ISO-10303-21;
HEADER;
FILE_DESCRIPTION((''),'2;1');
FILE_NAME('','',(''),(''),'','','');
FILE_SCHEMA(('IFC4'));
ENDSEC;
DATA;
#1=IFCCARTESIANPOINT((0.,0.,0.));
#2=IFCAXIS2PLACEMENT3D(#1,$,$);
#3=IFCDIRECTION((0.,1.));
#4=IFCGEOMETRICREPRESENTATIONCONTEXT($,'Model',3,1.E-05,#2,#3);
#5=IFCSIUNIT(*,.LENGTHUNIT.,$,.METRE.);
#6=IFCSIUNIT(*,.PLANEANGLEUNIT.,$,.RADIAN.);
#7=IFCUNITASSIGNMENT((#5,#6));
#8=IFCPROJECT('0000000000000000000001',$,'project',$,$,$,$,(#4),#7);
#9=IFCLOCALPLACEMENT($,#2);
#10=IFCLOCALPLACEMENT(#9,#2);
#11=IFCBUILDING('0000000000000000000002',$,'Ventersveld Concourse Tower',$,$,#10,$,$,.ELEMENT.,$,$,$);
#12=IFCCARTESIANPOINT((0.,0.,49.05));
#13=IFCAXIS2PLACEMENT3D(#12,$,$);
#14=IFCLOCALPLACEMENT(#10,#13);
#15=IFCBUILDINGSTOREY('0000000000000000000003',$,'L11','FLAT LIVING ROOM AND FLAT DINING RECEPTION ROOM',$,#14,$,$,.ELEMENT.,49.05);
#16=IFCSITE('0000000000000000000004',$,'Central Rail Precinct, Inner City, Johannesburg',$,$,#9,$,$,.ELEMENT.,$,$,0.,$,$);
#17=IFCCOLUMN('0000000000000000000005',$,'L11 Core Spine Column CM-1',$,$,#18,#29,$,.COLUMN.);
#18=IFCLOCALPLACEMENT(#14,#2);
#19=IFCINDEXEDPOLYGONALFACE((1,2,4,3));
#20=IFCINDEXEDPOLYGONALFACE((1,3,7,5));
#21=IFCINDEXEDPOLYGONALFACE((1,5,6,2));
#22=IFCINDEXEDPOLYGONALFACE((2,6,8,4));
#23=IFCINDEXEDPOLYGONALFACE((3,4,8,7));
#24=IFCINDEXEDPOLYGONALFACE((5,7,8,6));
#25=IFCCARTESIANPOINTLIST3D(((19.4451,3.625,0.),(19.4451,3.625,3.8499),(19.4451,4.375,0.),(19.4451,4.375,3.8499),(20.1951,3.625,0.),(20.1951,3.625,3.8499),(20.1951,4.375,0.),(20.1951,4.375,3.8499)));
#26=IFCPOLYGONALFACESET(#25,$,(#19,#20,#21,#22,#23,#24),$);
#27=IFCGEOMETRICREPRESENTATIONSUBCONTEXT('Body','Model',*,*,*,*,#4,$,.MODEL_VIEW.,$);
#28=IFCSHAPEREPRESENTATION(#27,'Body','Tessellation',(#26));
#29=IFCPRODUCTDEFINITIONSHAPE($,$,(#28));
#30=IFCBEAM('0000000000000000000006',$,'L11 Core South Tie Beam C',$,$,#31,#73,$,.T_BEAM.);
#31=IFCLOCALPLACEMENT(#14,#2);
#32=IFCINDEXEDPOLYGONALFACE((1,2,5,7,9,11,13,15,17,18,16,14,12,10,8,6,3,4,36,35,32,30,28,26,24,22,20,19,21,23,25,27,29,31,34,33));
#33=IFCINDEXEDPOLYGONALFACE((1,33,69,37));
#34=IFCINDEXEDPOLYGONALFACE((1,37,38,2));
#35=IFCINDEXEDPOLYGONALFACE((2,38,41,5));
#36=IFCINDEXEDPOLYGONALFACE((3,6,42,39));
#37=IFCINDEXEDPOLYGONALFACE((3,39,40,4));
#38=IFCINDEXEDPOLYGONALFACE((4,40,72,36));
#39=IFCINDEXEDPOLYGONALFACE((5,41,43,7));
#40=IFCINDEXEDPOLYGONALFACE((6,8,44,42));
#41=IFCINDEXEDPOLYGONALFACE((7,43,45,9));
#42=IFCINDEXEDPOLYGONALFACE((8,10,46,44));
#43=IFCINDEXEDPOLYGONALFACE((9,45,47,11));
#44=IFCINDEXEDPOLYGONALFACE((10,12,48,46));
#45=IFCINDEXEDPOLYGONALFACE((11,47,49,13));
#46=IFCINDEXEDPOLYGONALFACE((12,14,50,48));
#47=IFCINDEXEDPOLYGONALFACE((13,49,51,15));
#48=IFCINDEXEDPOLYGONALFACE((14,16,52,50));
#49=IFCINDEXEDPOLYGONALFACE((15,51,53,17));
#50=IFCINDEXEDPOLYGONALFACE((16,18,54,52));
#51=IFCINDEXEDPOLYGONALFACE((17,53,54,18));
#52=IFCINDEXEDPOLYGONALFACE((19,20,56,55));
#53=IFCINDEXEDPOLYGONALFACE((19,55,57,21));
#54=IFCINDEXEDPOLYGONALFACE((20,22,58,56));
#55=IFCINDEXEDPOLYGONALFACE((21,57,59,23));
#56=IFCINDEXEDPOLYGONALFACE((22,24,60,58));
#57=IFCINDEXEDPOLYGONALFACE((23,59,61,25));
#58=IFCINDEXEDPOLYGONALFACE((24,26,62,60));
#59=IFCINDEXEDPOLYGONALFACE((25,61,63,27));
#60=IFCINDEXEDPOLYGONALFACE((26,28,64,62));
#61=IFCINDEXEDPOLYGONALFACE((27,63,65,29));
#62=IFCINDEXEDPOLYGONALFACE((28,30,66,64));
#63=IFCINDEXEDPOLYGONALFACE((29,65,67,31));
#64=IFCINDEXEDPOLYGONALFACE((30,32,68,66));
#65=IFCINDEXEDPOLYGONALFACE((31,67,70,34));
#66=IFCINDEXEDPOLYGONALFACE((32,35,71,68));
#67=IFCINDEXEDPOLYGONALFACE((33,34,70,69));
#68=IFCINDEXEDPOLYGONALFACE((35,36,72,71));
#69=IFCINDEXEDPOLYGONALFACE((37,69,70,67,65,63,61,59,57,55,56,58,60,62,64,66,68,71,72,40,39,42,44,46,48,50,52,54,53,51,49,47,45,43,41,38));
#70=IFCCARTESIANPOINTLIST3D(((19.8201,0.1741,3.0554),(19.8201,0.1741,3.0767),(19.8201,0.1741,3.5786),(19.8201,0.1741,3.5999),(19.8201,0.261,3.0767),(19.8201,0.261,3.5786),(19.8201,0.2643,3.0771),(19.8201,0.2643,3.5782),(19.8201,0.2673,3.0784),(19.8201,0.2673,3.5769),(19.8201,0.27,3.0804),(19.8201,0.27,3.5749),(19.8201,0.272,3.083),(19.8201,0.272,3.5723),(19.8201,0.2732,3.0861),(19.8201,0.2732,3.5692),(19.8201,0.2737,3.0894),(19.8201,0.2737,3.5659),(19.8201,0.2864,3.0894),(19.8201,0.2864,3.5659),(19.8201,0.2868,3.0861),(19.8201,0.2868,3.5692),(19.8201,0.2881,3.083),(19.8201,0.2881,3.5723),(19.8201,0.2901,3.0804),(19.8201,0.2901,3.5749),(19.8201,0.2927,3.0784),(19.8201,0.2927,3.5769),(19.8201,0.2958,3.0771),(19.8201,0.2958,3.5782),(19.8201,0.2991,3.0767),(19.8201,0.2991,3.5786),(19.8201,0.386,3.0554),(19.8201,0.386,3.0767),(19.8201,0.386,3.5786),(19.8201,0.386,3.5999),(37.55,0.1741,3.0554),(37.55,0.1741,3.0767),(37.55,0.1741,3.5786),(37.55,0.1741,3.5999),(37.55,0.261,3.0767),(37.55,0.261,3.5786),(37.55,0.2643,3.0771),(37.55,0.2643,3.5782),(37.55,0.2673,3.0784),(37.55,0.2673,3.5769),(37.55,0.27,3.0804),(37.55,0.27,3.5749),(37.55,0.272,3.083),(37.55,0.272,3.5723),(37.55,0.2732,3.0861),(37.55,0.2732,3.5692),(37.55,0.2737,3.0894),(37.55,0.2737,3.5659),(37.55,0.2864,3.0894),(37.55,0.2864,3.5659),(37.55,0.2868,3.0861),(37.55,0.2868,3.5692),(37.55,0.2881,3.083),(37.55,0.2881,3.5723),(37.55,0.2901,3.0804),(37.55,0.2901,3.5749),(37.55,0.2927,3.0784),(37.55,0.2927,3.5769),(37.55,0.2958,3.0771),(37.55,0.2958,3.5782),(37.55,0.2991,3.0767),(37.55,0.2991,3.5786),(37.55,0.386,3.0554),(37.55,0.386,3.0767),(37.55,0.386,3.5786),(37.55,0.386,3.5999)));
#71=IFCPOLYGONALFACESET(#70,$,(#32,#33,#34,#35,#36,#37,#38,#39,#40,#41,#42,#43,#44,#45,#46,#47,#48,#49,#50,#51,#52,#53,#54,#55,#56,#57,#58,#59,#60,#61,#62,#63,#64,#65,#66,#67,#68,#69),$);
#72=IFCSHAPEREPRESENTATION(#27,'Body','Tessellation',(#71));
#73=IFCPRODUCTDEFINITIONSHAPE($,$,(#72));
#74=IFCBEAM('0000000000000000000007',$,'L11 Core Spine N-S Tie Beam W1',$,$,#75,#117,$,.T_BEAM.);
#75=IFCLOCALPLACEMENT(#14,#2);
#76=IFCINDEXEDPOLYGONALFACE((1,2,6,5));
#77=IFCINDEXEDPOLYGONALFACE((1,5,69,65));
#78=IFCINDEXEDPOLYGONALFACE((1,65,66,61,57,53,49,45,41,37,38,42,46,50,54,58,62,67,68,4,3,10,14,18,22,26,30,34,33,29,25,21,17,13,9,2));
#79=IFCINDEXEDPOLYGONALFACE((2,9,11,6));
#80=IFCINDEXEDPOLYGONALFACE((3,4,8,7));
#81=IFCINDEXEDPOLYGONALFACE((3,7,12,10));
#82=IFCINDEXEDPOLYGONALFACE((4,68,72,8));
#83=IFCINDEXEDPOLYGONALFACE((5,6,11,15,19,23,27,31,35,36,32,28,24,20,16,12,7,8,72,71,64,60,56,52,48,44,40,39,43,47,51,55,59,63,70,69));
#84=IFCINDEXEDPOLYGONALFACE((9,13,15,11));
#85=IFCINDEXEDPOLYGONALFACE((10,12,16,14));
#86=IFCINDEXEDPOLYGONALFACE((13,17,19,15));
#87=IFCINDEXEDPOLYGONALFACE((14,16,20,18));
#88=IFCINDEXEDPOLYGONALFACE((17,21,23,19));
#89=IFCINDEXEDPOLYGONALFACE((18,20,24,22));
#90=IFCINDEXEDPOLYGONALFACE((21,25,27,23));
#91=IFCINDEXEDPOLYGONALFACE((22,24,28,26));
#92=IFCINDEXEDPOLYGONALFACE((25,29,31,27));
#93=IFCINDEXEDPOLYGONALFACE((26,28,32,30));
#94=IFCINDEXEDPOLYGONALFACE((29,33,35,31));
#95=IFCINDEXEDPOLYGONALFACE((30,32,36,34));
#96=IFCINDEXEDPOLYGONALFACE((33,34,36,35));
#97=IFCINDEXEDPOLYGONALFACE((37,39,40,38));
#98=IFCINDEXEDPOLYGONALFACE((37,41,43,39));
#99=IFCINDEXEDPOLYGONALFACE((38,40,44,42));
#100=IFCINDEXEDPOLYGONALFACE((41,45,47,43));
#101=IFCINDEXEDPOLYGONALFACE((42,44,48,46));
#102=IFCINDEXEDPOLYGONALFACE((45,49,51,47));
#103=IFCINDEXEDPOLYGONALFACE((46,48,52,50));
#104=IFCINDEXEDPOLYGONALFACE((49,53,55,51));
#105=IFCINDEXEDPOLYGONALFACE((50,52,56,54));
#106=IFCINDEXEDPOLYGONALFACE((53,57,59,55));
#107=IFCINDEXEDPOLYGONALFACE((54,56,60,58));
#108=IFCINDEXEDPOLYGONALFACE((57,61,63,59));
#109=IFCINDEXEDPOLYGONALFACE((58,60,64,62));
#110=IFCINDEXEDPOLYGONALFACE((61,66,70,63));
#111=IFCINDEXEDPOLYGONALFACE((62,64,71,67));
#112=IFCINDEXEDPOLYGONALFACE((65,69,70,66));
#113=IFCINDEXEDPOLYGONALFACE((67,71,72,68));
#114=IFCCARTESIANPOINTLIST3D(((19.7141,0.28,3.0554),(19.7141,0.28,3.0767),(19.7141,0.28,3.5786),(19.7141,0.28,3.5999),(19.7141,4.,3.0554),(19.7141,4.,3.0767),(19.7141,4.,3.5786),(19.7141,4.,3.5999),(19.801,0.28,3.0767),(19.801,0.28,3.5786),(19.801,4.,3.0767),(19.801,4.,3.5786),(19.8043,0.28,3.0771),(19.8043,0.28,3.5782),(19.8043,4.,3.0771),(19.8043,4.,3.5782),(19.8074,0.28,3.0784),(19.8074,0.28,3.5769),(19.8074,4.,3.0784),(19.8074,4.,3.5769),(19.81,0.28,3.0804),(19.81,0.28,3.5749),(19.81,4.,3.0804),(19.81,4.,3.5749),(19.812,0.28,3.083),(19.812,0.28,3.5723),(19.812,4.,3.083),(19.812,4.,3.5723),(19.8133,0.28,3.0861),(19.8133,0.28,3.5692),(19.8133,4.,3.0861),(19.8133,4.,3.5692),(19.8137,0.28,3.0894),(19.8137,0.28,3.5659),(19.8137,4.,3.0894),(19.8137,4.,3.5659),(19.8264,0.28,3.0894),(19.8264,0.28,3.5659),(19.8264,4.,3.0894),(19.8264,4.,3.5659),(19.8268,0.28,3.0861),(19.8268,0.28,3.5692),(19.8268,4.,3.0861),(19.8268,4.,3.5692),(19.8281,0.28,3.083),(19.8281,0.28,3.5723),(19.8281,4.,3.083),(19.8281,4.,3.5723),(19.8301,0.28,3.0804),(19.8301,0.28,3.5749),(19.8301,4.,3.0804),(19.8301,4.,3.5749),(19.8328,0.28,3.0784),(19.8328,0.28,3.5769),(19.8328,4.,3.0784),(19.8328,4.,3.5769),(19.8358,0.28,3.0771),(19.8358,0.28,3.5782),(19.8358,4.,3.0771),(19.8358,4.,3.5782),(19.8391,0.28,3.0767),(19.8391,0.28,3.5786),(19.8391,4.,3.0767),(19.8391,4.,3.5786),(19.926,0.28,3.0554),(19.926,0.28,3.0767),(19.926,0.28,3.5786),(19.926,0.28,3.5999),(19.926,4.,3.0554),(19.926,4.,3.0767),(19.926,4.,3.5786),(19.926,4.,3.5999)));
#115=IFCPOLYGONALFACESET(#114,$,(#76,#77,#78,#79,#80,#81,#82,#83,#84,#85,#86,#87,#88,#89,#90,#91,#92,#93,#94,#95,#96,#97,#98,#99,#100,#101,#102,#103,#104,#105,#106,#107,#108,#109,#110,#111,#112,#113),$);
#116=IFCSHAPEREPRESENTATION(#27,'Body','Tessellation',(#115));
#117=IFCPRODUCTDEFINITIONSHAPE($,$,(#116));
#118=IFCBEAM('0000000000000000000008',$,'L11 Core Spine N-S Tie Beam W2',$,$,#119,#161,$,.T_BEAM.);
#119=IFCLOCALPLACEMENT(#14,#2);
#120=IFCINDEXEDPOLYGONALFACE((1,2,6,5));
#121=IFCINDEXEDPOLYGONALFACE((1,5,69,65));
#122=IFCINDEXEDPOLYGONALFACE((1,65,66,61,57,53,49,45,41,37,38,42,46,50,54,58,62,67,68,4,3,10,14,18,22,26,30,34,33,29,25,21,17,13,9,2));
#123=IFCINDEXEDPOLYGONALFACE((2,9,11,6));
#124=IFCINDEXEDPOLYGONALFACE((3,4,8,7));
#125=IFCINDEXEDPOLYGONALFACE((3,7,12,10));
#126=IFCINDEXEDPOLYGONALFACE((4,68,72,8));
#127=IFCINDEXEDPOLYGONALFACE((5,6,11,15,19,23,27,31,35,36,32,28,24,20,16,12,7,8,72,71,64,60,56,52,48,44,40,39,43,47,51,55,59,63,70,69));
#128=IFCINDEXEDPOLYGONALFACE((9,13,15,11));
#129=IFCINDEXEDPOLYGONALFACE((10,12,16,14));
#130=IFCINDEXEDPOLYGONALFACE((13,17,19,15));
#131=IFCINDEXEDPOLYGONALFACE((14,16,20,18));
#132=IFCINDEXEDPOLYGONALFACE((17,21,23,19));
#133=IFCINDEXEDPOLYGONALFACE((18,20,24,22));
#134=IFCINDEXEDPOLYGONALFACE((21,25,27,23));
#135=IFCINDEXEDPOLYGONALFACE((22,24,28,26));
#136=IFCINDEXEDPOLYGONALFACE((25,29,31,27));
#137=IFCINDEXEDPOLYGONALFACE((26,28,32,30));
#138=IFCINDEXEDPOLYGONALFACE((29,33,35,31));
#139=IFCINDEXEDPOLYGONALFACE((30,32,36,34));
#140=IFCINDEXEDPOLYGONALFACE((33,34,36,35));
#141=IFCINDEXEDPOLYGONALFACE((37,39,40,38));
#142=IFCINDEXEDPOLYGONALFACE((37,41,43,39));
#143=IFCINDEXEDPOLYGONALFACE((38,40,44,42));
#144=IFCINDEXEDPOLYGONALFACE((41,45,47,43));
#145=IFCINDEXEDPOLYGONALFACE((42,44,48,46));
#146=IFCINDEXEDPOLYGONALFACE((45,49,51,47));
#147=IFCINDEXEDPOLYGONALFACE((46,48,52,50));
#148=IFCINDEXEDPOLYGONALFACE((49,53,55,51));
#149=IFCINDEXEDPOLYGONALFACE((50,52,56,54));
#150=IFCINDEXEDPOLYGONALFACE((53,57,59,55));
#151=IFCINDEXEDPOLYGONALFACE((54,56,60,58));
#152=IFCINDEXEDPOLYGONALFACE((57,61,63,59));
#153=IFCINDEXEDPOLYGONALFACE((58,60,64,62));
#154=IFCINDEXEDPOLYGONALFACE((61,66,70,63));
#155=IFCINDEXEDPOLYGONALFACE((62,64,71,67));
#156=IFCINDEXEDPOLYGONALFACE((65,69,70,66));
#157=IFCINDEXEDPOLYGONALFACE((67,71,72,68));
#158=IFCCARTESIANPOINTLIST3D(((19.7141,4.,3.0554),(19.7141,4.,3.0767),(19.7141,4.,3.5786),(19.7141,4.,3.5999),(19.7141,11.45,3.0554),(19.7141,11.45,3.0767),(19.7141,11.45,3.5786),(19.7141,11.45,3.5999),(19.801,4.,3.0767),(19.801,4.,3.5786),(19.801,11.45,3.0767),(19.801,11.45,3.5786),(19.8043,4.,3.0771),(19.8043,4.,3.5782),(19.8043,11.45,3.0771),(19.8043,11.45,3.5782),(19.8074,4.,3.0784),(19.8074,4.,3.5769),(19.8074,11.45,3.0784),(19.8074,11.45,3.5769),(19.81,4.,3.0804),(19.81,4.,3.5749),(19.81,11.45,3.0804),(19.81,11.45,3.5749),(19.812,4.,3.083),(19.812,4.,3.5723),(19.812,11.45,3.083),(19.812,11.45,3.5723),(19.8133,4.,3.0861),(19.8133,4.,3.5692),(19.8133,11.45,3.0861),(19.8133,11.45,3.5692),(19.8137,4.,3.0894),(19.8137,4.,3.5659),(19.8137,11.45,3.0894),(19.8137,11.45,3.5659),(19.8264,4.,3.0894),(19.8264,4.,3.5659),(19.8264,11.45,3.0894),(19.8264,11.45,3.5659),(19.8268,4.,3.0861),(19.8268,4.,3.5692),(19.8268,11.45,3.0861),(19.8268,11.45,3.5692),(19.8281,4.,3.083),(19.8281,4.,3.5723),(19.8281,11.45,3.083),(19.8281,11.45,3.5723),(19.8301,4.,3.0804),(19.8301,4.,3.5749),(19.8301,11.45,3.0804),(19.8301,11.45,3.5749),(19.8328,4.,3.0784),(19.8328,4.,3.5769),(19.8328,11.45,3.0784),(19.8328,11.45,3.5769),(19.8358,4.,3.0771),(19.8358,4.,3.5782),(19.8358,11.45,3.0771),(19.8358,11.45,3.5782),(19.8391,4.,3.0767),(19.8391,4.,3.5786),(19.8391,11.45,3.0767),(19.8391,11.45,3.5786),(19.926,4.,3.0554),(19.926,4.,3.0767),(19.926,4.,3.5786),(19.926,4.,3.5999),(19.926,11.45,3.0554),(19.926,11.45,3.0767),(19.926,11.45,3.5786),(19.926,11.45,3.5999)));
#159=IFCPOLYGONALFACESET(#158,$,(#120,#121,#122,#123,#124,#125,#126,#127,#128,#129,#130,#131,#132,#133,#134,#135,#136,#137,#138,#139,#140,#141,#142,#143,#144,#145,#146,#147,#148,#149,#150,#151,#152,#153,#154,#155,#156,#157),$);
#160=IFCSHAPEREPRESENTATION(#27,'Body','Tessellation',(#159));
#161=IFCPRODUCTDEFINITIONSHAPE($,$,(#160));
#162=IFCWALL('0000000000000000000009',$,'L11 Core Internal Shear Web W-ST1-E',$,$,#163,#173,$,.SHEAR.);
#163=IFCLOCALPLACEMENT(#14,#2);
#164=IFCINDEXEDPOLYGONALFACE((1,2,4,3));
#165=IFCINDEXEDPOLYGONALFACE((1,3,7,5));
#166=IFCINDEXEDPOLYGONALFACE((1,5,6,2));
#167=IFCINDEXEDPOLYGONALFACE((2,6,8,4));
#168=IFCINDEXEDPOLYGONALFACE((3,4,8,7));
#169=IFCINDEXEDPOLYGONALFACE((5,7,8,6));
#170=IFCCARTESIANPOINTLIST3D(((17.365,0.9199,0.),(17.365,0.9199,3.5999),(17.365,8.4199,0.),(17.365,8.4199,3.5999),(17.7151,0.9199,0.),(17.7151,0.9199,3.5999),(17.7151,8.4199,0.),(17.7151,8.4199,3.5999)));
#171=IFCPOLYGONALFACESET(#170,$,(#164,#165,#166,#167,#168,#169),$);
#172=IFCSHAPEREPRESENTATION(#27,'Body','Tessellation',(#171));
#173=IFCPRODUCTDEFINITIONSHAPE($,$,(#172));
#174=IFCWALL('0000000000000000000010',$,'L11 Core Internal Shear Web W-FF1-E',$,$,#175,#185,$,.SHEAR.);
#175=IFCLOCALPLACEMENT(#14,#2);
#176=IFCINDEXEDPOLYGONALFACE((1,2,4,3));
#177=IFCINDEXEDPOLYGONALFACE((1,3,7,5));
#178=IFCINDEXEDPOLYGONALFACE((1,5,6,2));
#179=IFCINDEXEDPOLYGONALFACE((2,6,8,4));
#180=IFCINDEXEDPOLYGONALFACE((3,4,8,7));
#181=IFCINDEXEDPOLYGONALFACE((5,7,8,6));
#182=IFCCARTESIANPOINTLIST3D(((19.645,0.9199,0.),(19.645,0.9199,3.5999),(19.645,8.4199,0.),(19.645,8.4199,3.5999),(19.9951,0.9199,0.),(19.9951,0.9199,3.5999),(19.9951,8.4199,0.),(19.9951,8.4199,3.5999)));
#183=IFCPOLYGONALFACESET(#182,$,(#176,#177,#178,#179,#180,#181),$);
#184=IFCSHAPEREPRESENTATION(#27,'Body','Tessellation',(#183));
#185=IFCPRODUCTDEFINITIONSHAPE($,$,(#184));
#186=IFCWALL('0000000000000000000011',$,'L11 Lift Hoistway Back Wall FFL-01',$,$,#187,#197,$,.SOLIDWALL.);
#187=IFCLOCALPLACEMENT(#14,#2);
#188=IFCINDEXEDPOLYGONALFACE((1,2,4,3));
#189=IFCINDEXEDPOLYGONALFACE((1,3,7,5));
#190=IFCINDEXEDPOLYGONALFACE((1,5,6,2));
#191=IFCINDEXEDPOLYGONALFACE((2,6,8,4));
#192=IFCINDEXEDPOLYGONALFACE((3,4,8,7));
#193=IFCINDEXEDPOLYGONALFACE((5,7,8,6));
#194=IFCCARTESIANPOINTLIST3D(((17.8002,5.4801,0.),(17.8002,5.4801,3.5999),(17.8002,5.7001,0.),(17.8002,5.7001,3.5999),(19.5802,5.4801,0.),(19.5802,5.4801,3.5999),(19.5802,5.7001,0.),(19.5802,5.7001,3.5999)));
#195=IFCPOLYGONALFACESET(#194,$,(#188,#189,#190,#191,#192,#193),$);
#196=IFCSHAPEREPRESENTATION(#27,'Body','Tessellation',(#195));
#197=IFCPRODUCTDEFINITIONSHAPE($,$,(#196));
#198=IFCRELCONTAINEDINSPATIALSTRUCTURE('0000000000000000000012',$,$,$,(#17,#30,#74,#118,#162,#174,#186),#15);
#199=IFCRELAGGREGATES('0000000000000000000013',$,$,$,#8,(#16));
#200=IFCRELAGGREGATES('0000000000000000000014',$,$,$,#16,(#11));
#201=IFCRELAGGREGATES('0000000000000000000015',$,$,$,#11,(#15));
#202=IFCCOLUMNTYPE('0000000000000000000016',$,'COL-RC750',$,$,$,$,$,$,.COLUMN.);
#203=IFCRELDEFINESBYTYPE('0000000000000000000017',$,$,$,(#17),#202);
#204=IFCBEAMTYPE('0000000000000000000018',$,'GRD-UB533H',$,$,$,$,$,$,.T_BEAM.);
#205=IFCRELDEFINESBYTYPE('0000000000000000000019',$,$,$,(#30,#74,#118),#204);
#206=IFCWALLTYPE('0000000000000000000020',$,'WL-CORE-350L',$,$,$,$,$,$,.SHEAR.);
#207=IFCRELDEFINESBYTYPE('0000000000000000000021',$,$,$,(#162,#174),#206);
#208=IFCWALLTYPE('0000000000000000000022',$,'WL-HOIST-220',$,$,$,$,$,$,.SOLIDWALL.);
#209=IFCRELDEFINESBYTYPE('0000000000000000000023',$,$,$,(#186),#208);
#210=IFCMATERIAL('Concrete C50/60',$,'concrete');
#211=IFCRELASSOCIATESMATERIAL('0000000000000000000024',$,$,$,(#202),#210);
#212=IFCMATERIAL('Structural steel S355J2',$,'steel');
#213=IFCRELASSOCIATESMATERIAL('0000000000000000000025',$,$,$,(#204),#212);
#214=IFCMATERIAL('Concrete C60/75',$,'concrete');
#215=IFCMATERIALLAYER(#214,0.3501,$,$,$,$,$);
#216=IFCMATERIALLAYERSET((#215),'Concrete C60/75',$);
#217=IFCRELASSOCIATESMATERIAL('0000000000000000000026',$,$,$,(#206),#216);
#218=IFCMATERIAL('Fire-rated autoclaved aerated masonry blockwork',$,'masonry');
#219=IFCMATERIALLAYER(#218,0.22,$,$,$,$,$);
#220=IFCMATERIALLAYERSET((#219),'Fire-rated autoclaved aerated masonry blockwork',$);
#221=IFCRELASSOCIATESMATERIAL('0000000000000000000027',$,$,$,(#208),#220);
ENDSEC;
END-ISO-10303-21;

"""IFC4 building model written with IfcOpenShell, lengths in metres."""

from ifc_helpers import new_model, si_unit, direction, frame, frame_2d, origin, origin_2d, place, context, subcontext, project, spatial, rectangle, i_section, extrude, material, layer, layer_set, material_profile, profile_set, type_object, element, save


model = new_model("IFC4")

# Units and contexts
model_context = context("Model", 3, precision=1e-05, world=origin(), true_north=direction((0.0, 1.0)))
body_context = subcontext(model_context, "Body", "Model", "MODEL_VIEW")
ifc_project = project(units=[si_unit("LENGTHUNIT", "METRE"), si_unit("PLANEANGLEUNIT", "RADIAN")], contexts=[model_context])

# Site, building, storey
site_placement = place(None, origin())
site = spatial("IfcSite", under=ifc_project, at=site_placement, Name="Central Rail Precinct, Inner City, Johannesburg", CompositionType="ELEMENT", RefElevation=0.0)
building_placement = place(site_placement, origin())
building = spatial("IfcBuilding", under=site, at=building_placement, Name="Ventersveld Concourse Tower", CompositionType="ELEMENT")
storey_placement = place(building_placement, frame((0.0, 0.0, 49.05)))
storey = spatial("IfcBuildingStorey", under=building, at=storey_placement, Name="L11", Description="FLAT LIVING ROOM AND FLAT DINING RECEPTION ROOM", CompositionType="ELEMENT", Elevation=49.05)

# Column
ifc_material_1 = material(Name="Concrete C50/60", Category="concrete")
ifc_material_profile_1 = material_profile(ifc_material_1, rectangle(XDim=0.75, YDim=0.75, at=origin_2d()), Name="RC 750x750")
ifc_profile_set_1 = profile_set([ifc_material_profile_1], Name="Concrete C50/60")
column_type = type_object("IfcColumnType", Name="COL-RC750", PredefinedType="COLUMN", material=ifc_profile_set_1)
column_placement = place(storey_placement, frame((19.8201, 4.0, 0.0), z_axis=(0.0, 0.0, 1.0), x_axis=(1.0, 0.0, 0.0)))
element("IfcColumn", 1, at=column_placement, inside=storey, type_object=column_type, Name="L11 Core Spine Column CM-1", PredefinedType="COLUMN", context=body_context, shape_type="SweptSolid", body=[
    extrude(rectangle(XDim=0.75, YDim=0.75, at=origin_2d()), origin(), (0.0, 0.0, 1.0), 3.8499),
])

# Beams
ifc_material_2 = material(Name="Structural steel S355J2", Category="steel")
ifc_material_profile_2 = material_profile(ifc_material_2, i_section(OverallWidth=0.2119, OverallDepth=0.5444, WebThickness=0.0127, FlangeThickness=0.0212, FilletRadius=0.0127, at=origin_2d()), Name="UB 533x210x122")
ifc_profile_set_2 = profile_set([ifc_material_profile_2], Name="Structural steel S355J2")
beam_type = type_object("IfcBeamType", Name="GRD-UB533H", PredefinedType="T_BEAM", material=ifc_profile_set_2)
beam_1_placement = place(storey_placement, frame((19.8201, 0.28, 3.3276), z_axis=(1.0, 0.0, 0.0), x_axis=(0.0, 1.0, 0.0)))
element("IfcBeam", 2, at=beam_1_placement, inside=storey, type_object=beam_type, Name="L11 Core South Tie Beam C", PredefinedType="T_BEAM", context=body_context, shape_type="SweptSolid", body=[
    extrude(i_section(OverallWidth=0.2119, OverallDepth=0.5444, WebThickness=0.0127, FlangeThickness=0.0212, FilletRadius=0.0127, at=origin_2d()), origin(), (0.0, 0.0, 1.0), 17.73),
])
beam_2_placement = place(storey_placement, frame((19.8201, 0.28, 3.3276), z_axis=(0.0, 1.0, 0.0), x_axis=(-1.0, 0.0, 0.0)))
element("IfcBeam", 3, at=beam_2_placement, inside=storey, type_object=beam_type, Name="L11 Core Spine N-S Tie Beam W1", PredefinedType="T_BEAM", context=body_context, shape_type="SweptSolid", body=[
    extrude(i_section(OverallWidth=0.2119, OverallDepth=0.5444, WebThickness=0.0127, FlangeThickness=0.0212, FilletRadius=0.0127, at=origin_2d()), origin(), (0.0, 0.0, 1.0), 3.72),
])
beam_3_placement = place(storey_placement, frame((19.8201, 4.0, 3.3276), z_axis=(0.0, 1.0, 0.0), x_axis=(-1.0, 0.0, 0.0)))
element("IfcBeam", 4, at=beam_3_placement, inside=storey, type_object=beam_type, Name="L11 Core Spine N-S Tie Beam W2", PredefinedType="T_BEAM", context=body_context, shape_type="SweptSolid", body=[
    extrude(i_section(OverallWidth=0.2119, OverallDepth=0.5444, WebThickness=0.0127, FlangeThickness=0.0212, FilletRadius=0.0127, at=origin_2d()), origin(), (0.0, 0.0, 1.0), 7.45),
])

# Walls
ifc_material_3 = material(Name="Concrete C60/75", Category="concrete")
ifc_layer_1 = layer(ifc_material_3, 0.3501)
ifc_layer_set_1 = layer_set([ifc_layer_1], Name="Concrete C60/75")
wall_type_1 = type_object("IfcWallType", Name="WL-CORE-350L", PredefinedType="SHEAR", material=ifc_layer_set_1)
for number, where, z_axis, x_axis, name in (
    (5, (17.54, 0.9199, 0.0), (0.0, 0.0, 1.0), (0.0, 1.0, 0.0), "L11 Core Internal Shear Web W-ST1-E"),
    (6, (19.8201, 0.9199, 0.0), (0.0, 0.0, 1.0), (0.0, 1.0, 0.0), "L11 Core Internal Shear Web W-FF1-E"),
):
    element("IfcWall", number, at=place(storey_placement, frame(where, z_axis=z_axis, x_axis=x_axis)), inside=storey, type_object=wall_type_1, Name=name, PredefinedType="SHEAR", context=body_context, shape_type="SweptSolid", body=[
        extrude(rectangle(XDim=7.5, YDim=0.3501, at=frame_2d((3.75, 0.0))), origin(), (0.0, 0.0, 1.0), 3.5999),
    ])
ifc_material_4 = material(Name="Fire-rated autoclaved aerated masonry blockwork", Category="masonry")
ifc_layer_2 = layer(ifc_material_4, 0.22)
ifc_layer_set_2 = layer_set([ifc_layer_2], Name="Fire-rated autoclaved aerated masonry blockwork")
wall_type_2 = type_object("IfcWallType", Name="WL-HOIST-220", PredefinedType="SOLIDWALL", material=ifc_layer_set_2)
wall_1_placement = place(storey_placement, frame((17.8, 5.5901, 0.0), z_axis=(0.0, 0.0, 1.0), x_axis=(1.0, 0.0, 0.0)))
element("IfcWall", 7, at=wall_1_placement, inside=storey, type_object=wall_type_2, Name="L11 Lift Hoistway Back Wall FFL-01", PredefinedType="SOLIDWALL", context=body_context, shape_type="SweptSolid", body=[
    extrude(rectangle(XDim=1.78, YDim=0.22, at=frame_2d((0.8901, 0.0))), origin(), (0.0, 0.0, 1.0), 3.5999),
])

save(model, "model.ifc")
